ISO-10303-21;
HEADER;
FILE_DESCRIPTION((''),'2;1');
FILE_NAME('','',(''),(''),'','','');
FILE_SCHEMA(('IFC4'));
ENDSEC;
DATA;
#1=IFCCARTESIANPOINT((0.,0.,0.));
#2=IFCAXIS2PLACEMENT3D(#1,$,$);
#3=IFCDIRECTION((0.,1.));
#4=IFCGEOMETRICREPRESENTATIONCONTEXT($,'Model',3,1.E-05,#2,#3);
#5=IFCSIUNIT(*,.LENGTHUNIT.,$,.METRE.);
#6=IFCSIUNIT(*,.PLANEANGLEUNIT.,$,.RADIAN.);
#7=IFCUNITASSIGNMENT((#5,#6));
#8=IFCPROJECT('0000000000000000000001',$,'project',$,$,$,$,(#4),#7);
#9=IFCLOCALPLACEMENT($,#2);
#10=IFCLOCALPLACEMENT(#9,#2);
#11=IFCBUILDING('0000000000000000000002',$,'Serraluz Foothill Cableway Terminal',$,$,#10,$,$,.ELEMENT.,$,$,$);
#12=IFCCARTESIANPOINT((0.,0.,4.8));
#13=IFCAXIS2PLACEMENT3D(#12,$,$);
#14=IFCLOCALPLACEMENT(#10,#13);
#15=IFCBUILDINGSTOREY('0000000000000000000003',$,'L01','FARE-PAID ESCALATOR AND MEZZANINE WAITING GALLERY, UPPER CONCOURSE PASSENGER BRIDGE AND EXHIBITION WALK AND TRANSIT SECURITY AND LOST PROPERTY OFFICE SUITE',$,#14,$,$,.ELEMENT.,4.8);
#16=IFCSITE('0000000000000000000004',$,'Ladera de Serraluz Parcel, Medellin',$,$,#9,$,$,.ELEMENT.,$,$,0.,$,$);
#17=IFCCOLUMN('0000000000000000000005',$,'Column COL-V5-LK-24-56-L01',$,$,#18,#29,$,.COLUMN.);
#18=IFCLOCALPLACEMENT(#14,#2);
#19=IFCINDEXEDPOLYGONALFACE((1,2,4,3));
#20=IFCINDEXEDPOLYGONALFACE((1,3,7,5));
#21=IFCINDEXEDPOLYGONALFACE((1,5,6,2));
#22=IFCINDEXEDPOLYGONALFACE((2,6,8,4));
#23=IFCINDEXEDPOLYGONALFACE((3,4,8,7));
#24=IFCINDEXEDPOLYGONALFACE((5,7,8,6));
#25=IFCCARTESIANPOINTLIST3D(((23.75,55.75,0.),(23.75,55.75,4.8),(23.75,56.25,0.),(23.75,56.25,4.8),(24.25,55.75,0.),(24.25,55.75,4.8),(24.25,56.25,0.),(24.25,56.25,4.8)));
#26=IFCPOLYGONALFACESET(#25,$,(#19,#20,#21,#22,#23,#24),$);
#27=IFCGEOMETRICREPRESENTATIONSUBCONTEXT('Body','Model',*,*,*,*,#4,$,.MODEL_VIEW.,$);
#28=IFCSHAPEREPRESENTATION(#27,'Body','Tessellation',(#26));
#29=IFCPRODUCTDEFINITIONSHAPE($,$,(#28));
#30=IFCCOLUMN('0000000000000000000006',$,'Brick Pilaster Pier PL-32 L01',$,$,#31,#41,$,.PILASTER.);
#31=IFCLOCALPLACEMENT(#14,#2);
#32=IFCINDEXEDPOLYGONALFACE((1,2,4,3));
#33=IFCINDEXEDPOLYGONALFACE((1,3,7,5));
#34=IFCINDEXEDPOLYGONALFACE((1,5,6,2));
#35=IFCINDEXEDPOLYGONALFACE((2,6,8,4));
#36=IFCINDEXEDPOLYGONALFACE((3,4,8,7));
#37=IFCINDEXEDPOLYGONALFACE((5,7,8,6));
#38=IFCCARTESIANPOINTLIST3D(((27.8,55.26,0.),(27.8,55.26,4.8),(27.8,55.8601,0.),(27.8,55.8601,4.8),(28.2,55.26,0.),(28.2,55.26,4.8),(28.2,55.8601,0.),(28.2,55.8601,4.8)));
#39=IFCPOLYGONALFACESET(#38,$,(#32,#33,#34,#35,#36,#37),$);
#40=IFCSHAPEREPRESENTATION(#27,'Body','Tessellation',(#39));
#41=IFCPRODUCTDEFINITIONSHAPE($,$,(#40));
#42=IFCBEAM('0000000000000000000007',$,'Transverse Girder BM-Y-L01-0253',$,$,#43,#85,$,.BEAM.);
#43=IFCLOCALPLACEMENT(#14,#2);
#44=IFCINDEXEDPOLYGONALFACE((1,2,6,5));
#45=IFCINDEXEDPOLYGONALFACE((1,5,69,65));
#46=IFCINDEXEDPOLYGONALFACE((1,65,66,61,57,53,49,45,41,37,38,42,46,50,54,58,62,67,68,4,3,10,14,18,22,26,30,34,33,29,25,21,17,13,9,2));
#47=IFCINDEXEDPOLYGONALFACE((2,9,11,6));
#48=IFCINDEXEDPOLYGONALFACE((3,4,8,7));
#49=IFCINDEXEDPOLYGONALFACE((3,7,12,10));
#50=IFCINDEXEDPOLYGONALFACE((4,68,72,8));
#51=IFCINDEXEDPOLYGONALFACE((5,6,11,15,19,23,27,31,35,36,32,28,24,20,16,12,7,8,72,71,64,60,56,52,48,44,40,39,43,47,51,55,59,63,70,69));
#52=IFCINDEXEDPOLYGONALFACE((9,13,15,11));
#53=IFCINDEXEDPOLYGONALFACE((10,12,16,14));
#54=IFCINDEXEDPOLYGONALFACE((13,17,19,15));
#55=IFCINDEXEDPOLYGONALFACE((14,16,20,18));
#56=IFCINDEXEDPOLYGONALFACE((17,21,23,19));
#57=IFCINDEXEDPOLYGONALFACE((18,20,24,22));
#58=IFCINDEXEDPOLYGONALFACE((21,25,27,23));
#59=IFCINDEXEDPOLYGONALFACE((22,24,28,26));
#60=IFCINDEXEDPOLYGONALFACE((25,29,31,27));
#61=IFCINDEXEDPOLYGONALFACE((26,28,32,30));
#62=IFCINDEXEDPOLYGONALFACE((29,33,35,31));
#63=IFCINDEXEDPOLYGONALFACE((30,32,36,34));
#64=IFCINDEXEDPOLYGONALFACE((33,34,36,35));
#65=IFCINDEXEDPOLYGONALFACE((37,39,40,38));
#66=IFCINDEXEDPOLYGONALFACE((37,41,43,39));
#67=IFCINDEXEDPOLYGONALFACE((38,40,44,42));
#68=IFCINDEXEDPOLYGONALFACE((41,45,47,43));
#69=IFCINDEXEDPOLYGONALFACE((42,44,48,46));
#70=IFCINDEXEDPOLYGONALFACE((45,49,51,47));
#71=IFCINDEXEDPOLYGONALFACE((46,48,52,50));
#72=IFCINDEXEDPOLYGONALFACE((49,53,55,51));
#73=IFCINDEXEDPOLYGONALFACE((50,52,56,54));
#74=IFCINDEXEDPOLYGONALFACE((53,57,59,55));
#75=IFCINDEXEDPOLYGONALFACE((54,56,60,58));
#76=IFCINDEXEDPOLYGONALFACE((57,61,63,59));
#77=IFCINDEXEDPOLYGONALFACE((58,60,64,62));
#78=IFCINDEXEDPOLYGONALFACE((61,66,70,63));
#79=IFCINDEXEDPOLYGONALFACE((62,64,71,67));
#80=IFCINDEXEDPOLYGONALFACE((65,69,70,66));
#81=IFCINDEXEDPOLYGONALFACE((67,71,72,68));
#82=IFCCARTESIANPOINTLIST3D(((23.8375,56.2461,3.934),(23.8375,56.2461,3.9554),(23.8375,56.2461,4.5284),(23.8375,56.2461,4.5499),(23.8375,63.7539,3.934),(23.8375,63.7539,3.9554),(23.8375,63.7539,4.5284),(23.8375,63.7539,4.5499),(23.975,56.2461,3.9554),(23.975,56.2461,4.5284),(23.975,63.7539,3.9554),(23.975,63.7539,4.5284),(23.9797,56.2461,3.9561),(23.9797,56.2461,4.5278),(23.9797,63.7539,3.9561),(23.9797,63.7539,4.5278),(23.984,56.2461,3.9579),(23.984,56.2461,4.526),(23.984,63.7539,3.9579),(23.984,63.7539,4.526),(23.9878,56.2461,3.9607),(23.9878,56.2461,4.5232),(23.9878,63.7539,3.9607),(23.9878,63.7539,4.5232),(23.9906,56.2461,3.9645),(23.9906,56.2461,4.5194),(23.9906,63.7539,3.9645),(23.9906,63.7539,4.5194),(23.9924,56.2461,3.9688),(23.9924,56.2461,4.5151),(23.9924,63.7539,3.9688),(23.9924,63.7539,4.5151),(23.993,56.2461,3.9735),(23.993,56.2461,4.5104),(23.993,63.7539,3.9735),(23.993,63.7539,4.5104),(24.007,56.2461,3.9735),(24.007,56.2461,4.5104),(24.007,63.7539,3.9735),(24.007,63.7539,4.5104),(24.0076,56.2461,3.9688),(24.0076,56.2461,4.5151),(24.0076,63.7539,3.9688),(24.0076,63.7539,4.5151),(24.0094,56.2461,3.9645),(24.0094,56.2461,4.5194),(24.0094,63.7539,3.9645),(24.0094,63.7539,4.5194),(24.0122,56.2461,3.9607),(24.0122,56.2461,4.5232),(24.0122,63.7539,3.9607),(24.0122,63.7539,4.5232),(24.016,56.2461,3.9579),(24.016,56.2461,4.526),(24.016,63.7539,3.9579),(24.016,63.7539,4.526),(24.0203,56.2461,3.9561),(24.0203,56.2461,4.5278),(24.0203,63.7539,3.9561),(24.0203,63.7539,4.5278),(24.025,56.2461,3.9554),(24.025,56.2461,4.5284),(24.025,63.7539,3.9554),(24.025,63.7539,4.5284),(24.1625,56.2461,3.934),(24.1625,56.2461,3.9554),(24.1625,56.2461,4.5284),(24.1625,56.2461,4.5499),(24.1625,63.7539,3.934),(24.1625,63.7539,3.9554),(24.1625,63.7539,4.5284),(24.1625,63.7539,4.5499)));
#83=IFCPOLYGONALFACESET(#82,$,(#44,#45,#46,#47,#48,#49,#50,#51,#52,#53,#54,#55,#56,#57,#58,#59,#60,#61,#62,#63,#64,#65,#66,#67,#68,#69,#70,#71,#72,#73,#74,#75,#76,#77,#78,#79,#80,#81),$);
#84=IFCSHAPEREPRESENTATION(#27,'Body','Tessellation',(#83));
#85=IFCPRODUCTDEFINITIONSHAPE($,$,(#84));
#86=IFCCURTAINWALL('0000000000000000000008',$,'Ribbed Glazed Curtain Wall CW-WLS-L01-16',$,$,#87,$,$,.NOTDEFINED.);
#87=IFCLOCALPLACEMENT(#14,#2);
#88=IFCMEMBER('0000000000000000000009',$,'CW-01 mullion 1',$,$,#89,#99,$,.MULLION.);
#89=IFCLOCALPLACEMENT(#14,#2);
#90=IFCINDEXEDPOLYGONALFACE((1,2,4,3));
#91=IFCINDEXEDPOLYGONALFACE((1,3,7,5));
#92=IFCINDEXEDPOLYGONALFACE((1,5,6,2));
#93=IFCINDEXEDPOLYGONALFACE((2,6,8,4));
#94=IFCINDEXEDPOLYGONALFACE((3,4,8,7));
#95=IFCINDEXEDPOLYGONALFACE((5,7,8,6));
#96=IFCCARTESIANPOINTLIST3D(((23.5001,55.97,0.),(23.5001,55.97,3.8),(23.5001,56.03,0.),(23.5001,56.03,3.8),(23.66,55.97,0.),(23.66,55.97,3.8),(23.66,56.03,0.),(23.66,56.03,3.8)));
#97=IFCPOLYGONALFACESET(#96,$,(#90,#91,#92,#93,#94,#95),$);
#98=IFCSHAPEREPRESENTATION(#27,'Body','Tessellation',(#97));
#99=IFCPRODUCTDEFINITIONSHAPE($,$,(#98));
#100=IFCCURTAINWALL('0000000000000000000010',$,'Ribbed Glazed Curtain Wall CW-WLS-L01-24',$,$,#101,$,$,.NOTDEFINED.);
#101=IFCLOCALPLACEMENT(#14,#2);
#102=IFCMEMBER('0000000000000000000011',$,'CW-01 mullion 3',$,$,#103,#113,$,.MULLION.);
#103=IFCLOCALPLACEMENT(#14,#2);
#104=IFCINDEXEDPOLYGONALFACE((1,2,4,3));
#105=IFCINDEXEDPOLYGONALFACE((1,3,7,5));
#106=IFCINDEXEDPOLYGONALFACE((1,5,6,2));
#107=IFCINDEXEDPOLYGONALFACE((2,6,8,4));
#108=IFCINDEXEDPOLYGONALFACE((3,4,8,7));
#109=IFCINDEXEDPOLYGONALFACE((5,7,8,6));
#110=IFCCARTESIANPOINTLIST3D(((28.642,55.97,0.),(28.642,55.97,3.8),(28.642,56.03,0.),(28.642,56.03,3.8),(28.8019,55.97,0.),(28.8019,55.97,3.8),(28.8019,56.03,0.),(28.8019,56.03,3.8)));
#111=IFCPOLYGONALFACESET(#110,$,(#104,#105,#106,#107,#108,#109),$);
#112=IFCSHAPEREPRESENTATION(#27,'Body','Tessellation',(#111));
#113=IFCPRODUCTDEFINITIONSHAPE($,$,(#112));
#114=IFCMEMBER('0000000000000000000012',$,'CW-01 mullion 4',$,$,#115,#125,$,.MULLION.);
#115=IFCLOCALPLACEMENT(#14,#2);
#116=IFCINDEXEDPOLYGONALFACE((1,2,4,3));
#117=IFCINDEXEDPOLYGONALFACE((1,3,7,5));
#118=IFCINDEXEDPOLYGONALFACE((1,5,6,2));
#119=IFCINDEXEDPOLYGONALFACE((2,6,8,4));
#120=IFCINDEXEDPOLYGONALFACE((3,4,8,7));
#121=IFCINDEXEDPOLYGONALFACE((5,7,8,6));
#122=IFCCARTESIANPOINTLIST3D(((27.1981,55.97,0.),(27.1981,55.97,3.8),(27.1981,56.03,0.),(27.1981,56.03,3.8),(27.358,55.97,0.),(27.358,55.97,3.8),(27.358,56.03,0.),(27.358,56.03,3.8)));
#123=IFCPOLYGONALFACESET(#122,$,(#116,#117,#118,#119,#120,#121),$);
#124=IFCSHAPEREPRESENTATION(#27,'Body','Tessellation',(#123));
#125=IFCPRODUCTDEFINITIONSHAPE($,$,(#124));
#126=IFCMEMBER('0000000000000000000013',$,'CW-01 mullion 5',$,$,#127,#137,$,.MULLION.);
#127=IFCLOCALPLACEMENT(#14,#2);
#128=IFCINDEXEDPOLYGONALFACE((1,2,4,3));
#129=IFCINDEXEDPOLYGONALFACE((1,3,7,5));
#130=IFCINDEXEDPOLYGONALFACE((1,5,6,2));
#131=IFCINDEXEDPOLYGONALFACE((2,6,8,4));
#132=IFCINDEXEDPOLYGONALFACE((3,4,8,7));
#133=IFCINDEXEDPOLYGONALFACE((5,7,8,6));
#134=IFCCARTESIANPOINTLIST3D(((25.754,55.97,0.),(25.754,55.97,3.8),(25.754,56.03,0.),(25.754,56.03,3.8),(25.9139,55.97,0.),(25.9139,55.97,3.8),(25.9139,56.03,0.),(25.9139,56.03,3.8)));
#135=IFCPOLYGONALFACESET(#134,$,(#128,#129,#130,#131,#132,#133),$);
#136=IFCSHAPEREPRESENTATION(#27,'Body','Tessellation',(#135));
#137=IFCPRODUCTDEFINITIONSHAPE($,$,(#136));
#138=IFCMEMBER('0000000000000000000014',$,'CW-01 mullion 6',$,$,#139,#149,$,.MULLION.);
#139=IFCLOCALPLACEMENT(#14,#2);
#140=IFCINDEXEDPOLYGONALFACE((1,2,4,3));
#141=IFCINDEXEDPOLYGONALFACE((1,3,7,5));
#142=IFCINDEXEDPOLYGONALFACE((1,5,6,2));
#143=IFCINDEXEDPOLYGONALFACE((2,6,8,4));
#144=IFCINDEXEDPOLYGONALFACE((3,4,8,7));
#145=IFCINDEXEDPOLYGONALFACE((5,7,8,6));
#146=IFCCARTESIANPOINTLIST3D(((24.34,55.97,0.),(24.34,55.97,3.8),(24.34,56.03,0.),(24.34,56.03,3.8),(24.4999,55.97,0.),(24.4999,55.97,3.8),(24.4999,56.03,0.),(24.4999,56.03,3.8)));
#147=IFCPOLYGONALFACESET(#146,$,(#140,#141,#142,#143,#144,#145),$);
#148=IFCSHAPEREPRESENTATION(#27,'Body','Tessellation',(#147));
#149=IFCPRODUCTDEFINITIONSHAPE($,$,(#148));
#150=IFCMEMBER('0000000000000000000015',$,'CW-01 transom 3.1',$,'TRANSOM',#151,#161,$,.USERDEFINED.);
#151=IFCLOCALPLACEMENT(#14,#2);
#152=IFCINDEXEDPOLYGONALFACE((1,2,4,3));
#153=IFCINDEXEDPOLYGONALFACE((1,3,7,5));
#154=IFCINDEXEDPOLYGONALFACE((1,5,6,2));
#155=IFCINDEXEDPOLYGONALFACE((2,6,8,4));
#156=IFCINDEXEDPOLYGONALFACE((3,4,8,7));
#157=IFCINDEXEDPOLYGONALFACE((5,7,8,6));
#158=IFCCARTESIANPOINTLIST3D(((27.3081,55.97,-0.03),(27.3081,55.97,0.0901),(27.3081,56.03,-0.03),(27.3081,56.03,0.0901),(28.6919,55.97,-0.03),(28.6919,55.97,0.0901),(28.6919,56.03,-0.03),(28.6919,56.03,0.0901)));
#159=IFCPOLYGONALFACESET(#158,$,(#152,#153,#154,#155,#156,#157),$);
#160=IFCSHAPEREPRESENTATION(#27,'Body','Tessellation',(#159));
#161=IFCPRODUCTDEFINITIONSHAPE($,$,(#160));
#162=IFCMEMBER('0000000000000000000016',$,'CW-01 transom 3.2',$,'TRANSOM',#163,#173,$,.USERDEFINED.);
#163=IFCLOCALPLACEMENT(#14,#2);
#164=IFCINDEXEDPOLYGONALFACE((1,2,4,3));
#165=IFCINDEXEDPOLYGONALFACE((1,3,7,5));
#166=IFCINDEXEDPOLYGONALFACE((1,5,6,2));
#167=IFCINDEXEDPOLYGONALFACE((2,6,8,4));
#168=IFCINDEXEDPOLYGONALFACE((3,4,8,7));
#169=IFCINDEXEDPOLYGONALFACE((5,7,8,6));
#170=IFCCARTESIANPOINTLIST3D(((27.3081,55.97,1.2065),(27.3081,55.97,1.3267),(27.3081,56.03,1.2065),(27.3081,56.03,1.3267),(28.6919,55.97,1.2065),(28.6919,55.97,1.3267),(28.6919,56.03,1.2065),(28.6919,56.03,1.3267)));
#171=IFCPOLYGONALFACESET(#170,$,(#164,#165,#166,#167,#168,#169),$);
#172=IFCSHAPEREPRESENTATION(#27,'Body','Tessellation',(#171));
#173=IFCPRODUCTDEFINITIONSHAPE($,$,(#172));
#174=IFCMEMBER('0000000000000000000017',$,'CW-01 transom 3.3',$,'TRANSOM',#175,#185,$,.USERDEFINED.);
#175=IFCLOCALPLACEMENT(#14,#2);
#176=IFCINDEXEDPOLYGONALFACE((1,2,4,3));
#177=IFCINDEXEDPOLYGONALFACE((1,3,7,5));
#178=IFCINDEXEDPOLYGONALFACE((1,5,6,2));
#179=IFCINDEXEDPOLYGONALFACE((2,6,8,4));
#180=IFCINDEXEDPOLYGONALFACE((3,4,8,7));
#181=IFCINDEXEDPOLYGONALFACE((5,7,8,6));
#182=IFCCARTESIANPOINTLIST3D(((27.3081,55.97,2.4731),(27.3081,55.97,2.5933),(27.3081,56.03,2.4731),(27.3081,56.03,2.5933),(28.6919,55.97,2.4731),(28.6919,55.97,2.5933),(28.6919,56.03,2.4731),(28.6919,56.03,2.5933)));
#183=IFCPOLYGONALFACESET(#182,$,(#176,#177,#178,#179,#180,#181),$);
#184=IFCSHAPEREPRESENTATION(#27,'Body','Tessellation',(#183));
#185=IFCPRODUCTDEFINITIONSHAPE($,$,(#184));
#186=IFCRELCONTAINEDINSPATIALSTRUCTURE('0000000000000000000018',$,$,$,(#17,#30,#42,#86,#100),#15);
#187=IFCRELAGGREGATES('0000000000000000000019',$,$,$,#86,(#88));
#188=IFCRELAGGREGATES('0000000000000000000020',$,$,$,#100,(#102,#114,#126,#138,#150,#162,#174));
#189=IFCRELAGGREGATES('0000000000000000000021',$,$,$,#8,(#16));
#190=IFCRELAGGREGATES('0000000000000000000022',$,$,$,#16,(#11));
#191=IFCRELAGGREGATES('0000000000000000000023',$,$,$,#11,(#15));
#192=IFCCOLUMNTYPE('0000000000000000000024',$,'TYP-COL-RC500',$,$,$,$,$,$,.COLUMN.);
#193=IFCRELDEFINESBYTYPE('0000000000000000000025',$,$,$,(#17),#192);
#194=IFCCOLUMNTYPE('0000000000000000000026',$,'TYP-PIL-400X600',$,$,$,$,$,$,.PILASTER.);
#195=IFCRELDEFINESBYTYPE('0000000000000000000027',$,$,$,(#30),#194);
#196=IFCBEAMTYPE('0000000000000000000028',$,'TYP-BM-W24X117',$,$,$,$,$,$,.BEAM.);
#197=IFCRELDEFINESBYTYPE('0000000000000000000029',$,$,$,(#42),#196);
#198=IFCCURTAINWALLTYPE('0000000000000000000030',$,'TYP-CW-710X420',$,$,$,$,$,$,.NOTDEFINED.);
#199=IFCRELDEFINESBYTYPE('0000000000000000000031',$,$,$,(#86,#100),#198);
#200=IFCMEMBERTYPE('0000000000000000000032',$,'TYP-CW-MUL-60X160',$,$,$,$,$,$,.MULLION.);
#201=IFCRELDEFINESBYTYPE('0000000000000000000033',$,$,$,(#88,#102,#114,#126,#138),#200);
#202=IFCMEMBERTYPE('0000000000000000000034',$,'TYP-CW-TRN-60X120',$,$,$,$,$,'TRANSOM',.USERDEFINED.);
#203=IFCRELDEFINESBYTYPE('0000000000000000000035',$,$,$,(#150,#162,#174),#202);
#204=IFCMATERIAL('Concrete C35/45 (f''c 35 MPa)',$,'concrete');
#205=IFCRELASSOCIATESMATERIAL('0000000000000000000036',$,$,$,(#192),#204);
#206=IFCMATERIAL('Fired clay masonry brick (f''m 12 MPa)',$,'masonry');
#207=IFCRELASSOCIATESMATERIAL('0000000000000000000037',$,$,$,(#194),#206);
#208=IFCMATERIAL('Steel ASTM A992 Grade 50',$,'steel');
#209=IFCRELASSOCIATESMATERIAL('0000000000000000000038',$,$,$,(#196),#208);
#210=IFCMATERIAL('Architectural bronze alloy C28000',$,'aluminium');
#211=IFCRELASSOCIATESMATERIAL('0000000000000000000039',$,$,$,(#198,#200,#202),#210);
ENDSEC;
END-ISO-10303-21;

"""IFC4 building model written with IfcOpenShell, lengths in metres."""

from ifc_helpers import new_model, si_unit, direction, frame, origin, origin_2d, place, context, subcontext, project, spatial, rectangle, i_section, extrude, material, material_profile, profile_set, type_object, element, aggregate, save


model = new_model("IFC4")

# Units and contexts
model_context = context("Model", 3, precision=1e-05, world=origin(), true_north=direction((0.0, 1.0)))
body_context = subcontext(model_context, "Body", "Model", "MODEL_VIEW")
ifc_project = project(units=[si_unit("LENGTHUNIT", "METRE"), si_unit("PLANEANGLEUNIT", "RADIAN")], contexts=[model_context])

# Site, building, storey
site_placement = place(None, origin())
site = spatial("IfcSite", under=ifc_project, at=site_placement, Name="Ladera de Serraluz Parcel, Medellin", CompositionType="ELEMENT", RefElevation=0.0)
building_placement = place(site_placement, origin())
building = spatial("IfcBuilding", under=site, at=building_placement, Name="Serraluz Foothill Cableway Terminal", CompositionType="ELEMENT")
storey_placement = place(building_placement, frame((0.0, 0.0, 4.8)))
storey = spatial("IfcBuildingStorey", under=building, at=storey_placement, Name="L01", Description="FARE-PAID ESCALATOR AND MEZZANINE WAITING GALLERY, UPPER CONCOURSE PASSENGER BRIDGE AND EXHIBITION WALK AND TRANSIT SECURITY AND LOST PROPERTY OFFICE SUITE", CompositionType="ELEMENT", Elevation=4.8)

# Columns
ifc_material_1 = material(Name="Concrete C35/45 (f'c 35 MPa)", Category="concrete")
ifc_material_profile_1 = material_profile(ifc_material_1, rectangle(XDim=0.5, YDim=0.5, at=origin_2d()), Name="RC 500x500")
ifc_profile_set_1 = profile_set([ifc_material_profile_1], Name="Concrete C35/45 (f'c 35 MPa)")
column_type_1 = type_object("IfcColumnType", Name="TYP-COL-RC500", PredefinedType="COLUMN", material=ifc_profile_set_1)
column_1_placement = place(storey_placement, frame((24.0, 56.0, 0.0), z_axis=(0.0, 0.0, 1.0), x_axis=(1.0, 0.0, 0.0)))
element("IfcColumn", 1, at=column_1_placement, inside=storey, type_object=column_type_1, Name="Column COL-V5-LK-24-56-L01", PredefinedType="COLUMN", context=body_context, shape_type="SweptSolid", body=[
    extrude(rectangle(XDim=0.5, YDim=0.5, at=origin_2d()), origin(), (0.0, 0.0, 1.0), 4.8),
])
ifc_material_2 = material(Name="Fired clay masonry brick (f'm 12 MPa)", Category="masonry")
ifc_material_profile_2 = material_profile(ifc_material_2, rectangle(XDim=0.3999, YDim=0.6001, at=origin_2d()), Name="PIL 400x600")
ifc_profile_set_2 = profile_set([ifc_material_profile_2], Name="Fired clay masonry brick (f'm 12 MPa)")
column_type_2 = type_object("IfcColumnType", Name="TYP-PIL-400X600", PredefinedType="PILASTER", material=ifc_profile_set_2)
column_2_placement = place(storey_placement, frame((28.0, 55.5601, 0.0), z_axis=(0.0, 0.0, 1.0), x_axis=(1.0, 0.0, 0.0)))
element("IfcColumn", 2, at=column_2_placement, inside=storey, type_object=column_type_2, Name="Brick Pilaster Pier PL-32 L01", PredefinedType="PILASTER", context=body_context, shape_type="SweptSolid", body=[
    extrude(rectangle(XDim=0.3999, YDim=0.6001, at=origin_2d()), origin(), (0.0, 0.0, 1.0), 4.8),
])

# Beam
ifc_material_3 = material(Name="Steel ASTM A992 Grade 50", Category="steel")
ifc_material_profile_3 = material_profile(ifc_material_3, i_section(OverallWidth=0.325, OverallDepth=0.616, WebThickness=0.0139, FlangeThickness=0.0215, FilletRadius=0.0181, at=origin_2d()), Name="W24X117")
ifc_profile_set_3 = profile_set([ifc_material_profile_3], Name="Steel ASTM A992 Grade 50")
beam_type_1 = type_object("IfcBeamType", Name="TYP-BM-W24X117", PredefinedType="BEAM", material=ifc_profile_set_3)
beam_1_placement = place(storey_placement, frame((24.0, 56.2461, 4.2419), z_axis=(0.0, 1.0, 0.0), x_axis=(-1.0, 0.0, 0.0)))
element("IfcBeam", 3, at=beam_1_placement, inside=storey, type_object=beam_type_1, Name="Transverse Girder BM-Y-L01-0253", PredefinedType="BEAM", context=body_context, shape_type="SweptSolid", body=[
    extrude(i_section(OverallWidth=0.325, OverallDepth=0.616, WebThickness=0.0139, FlangeThickness=0.0215, FilletRadius=0.0181, at=origin_2d()), origin(), (0.0, 0.0, 1.0), 7.5078),
])

# Curtain wall, member
ifc_material_4 = material(Name="Architectural bronze alloy C28000", Category="aluminium")
curtain_wall_type = type_object("IfcCurtainWallType", Name="TYP-CW-710X420", PredefinedType="NOTDEFINED", material=ifc_material_4)
curtain_wall_1_placement = place(storey_placement, origin())
curtain_wall_1 = element("IfcCurtainWall", 4, at=curtain_wall_1_placement, inside=storey, type_object=curtain_wall_type, Name="Ribbed Glazed Curtain Wall CW-WLS-L01-16", PredefinedType="NOTDEFINED")
ifc_material_profile_4 = material_profile(ifc_material_4, rectangle(XDim=0.0601, YDim=0.1599, at=origin_2d()), Name="ALU MULLION 60x160")
ifc_profile_set_4 = profile_set([ifc_material_profile_4], Name="Architectural bronze alloy C28000")
member_type_1 = type_object("IfcMemberType", Name="TYP-CW-MUL-60X160", PredefinedType="MULLION", material=ifc_profile_set_4)
member_1_placement = place(storey_placement, frame((23.5801, 56.0, 0.0), z_axis=(0.0, 0.0, 1.0), x_axis=(0.0, -1.0, 0.0)))
member_1 = element("IfcMember", 5, at=member_1_placement, type_object=member_type_1, Name="CW-01 mullion 1", PredefinedType="MULLION", context=body_context, shape_type="SweptSolid", body=[
    extrude(rectangle(XDim=0.0601, YDim=0.1599, at=origin_2d()), origin(), (0.0, 0.0, 1.0), 3.8),
])
aggregate(curtain_wall_1, [member_1])

# Curtain wall, members
curtain_wall_2_placement = place(storey_placement, origin())
curtain_wall_2 = element("IfcCurtainWall", 6, at=curtain_wall_2_placement, inside=storey, type_object=curtain_wall_type, Name="Ribbed Glazed Curtain Wall CW-WLS-L01-24", PredefinedType="NOTDEFINED")
member_2_placement = place(storey_placement, frame((28.7219, 56.0, 0.0), z_axis=(0.0, 0.0, 1.0), x_axis=(0.0, -1.0, 0.0)))
member_2 = element("IfcMember", 7, at=member_2_placement, type_object=member_type_1, Name="CW-01 mullion 3", PredefinedType="MULLION", context=body_context, shape_type="SweptSolid", body=[
    extrude(rectangle(XDim=0.0601, YDim=0.1599, at=origin_2d()), origin(), (0.0, 0.0, 1.0), 3.8),
])
member_3_placement = place(storey_placement, frame((27.2781, 56.0, 0.0), z_axis=(0.0, 0.0, 1.0), x_axis=(0.0, -1.0, 0.0)))
member_3 = element("IfcMember", 8, at=member_3_placement, type_object=member_type_1, Name="CW-01 mullion 4", PredefinedType="MULLION", context=body_context, shape_type="SweptSolid", body=[
    extrude(rectangle(XDim=0.0601, YDim=0.1599, at=origin_2d()), origin(), (0.0, 0.0, 1.0), 3.8),
])
member_4_placement = place(storey_placement, frame((25.834, 56.0, 0.0), z_axis=(0.0, 0.0, 1.0), x_axis=(0.0, -1.0, 0.0)))
member_4 = element("IfcMember", 9, at=member_4_placement, type_object=member_type_1, Name="CW-01 mullion 5", PredefinedType="MULLION", context=body_context, shape_type="SweptSolid", body=[
    extrude(rectangle(XDim=0.0601, YDim=0.1599, at=origin_2d()), origin(), (0.0, 0.0, 1.0), 3.8),
])
member_5_placement = place(storey_placement, frame((24.4199, 56.0, 0.0), z_axis=(0.0, 0.0, 1.0), x_axis=(0.0, -1.0, 0.0)))
member_5 = element("IfcMember", 10, at=member_5_placement, type_object=member_type_1, Name="CW-01 mullion 6", PredefinedType="MULLION", context=body_context, shape_type="SweptSolid", body=[
    extrude(rectangle(XDim=0.0601, YDim=0.1599, at=origin_2d()), origin(), (0.0, 0.0, 1.0), 3.8),
])
ifc_material_profile_5 = material_profile(ifc_material_4, rectangle(XDim=0.0601, YDim=0.1201, at=origin_2d()), Name="ALU TRANSOM 60x120")
ifc_profile_set_5 = profile_set([ifc_material_profile_5], Name="Architectural bronze alloy C28000")
member_type_2 = type_object("IfcMemberType", Name="TYP-CW-TRN-60X120", ElementType="TRANSOM", PredefinedType="USERDEFINED", material=ifc_profile_set_5)
member_6_placement = place(storey_placement, frame((28.6919, 56.0, 0.03), z_axis=(-1.0, 0.0, 0.0), x_axis=(0.0, -1.0, 0.0)))
member_6 = element("IfcMember", 11, at=member_6_placement, type_object=member_type_2, Name="CW-01 transom 3.1", ObjectType="TRANSOM", PredefinedType="USERDEFINED", context=body_context, shape_type="SweptSolid", body=[
    extrude(rectangle(XDim=0.0601, YDim=0.1201, at=origin_2d()), origin(), (0.0, 0.0, 1.0), 1.3838),
])
member_7_placement = place(storey_placement, frame((28.6919, 56.0, 1.2666), z_axis=(-1.0, 0.0, 0.0), x_axis=(0.0, -1.0, 0.0)))
member_7 = element("IfcMember", 12, at=member_7_placement, type_object=member_type_2, Name="CW-01 transom 3.2", ObjectType="TRANSOM", PredefinedType="USERDEFINED", context=body_context, shape_type="SweptSolid", body=[
    extrude(rectangle(XDim=0.0601, YDim=0.1201, at=origin_2d()), origin(), (0.0, 0.0, 1.0), 1.3838),
])
member_8_placement = place(storey_placement, frame((28.6919, 56.0, 2.5332), z_axis=(-1.0, 0.0, 0.0), x_axis=(0.0, -1.0, 0.0)))
member_8 = element("IfcMember", 13, at=member_8_placement, type_object=member_type_2, Name="CW-01 transom 3.3", ObjectType="TRANSOM", PredefinedType="USERDEFINED", context=body_context, shape_type="SweptSolid", body=[
    extrude(rectangle(XDim=0.0601, YDim=0.1201, at=origin_2d()), origin(), (0.0, 0.0, 1.0), 1.3838),
])

aggregate(curtain_wall_2, [member_2, member_3, member_4, member_5, member_6, member_7, member_8])

save(model, "model.ifc")
